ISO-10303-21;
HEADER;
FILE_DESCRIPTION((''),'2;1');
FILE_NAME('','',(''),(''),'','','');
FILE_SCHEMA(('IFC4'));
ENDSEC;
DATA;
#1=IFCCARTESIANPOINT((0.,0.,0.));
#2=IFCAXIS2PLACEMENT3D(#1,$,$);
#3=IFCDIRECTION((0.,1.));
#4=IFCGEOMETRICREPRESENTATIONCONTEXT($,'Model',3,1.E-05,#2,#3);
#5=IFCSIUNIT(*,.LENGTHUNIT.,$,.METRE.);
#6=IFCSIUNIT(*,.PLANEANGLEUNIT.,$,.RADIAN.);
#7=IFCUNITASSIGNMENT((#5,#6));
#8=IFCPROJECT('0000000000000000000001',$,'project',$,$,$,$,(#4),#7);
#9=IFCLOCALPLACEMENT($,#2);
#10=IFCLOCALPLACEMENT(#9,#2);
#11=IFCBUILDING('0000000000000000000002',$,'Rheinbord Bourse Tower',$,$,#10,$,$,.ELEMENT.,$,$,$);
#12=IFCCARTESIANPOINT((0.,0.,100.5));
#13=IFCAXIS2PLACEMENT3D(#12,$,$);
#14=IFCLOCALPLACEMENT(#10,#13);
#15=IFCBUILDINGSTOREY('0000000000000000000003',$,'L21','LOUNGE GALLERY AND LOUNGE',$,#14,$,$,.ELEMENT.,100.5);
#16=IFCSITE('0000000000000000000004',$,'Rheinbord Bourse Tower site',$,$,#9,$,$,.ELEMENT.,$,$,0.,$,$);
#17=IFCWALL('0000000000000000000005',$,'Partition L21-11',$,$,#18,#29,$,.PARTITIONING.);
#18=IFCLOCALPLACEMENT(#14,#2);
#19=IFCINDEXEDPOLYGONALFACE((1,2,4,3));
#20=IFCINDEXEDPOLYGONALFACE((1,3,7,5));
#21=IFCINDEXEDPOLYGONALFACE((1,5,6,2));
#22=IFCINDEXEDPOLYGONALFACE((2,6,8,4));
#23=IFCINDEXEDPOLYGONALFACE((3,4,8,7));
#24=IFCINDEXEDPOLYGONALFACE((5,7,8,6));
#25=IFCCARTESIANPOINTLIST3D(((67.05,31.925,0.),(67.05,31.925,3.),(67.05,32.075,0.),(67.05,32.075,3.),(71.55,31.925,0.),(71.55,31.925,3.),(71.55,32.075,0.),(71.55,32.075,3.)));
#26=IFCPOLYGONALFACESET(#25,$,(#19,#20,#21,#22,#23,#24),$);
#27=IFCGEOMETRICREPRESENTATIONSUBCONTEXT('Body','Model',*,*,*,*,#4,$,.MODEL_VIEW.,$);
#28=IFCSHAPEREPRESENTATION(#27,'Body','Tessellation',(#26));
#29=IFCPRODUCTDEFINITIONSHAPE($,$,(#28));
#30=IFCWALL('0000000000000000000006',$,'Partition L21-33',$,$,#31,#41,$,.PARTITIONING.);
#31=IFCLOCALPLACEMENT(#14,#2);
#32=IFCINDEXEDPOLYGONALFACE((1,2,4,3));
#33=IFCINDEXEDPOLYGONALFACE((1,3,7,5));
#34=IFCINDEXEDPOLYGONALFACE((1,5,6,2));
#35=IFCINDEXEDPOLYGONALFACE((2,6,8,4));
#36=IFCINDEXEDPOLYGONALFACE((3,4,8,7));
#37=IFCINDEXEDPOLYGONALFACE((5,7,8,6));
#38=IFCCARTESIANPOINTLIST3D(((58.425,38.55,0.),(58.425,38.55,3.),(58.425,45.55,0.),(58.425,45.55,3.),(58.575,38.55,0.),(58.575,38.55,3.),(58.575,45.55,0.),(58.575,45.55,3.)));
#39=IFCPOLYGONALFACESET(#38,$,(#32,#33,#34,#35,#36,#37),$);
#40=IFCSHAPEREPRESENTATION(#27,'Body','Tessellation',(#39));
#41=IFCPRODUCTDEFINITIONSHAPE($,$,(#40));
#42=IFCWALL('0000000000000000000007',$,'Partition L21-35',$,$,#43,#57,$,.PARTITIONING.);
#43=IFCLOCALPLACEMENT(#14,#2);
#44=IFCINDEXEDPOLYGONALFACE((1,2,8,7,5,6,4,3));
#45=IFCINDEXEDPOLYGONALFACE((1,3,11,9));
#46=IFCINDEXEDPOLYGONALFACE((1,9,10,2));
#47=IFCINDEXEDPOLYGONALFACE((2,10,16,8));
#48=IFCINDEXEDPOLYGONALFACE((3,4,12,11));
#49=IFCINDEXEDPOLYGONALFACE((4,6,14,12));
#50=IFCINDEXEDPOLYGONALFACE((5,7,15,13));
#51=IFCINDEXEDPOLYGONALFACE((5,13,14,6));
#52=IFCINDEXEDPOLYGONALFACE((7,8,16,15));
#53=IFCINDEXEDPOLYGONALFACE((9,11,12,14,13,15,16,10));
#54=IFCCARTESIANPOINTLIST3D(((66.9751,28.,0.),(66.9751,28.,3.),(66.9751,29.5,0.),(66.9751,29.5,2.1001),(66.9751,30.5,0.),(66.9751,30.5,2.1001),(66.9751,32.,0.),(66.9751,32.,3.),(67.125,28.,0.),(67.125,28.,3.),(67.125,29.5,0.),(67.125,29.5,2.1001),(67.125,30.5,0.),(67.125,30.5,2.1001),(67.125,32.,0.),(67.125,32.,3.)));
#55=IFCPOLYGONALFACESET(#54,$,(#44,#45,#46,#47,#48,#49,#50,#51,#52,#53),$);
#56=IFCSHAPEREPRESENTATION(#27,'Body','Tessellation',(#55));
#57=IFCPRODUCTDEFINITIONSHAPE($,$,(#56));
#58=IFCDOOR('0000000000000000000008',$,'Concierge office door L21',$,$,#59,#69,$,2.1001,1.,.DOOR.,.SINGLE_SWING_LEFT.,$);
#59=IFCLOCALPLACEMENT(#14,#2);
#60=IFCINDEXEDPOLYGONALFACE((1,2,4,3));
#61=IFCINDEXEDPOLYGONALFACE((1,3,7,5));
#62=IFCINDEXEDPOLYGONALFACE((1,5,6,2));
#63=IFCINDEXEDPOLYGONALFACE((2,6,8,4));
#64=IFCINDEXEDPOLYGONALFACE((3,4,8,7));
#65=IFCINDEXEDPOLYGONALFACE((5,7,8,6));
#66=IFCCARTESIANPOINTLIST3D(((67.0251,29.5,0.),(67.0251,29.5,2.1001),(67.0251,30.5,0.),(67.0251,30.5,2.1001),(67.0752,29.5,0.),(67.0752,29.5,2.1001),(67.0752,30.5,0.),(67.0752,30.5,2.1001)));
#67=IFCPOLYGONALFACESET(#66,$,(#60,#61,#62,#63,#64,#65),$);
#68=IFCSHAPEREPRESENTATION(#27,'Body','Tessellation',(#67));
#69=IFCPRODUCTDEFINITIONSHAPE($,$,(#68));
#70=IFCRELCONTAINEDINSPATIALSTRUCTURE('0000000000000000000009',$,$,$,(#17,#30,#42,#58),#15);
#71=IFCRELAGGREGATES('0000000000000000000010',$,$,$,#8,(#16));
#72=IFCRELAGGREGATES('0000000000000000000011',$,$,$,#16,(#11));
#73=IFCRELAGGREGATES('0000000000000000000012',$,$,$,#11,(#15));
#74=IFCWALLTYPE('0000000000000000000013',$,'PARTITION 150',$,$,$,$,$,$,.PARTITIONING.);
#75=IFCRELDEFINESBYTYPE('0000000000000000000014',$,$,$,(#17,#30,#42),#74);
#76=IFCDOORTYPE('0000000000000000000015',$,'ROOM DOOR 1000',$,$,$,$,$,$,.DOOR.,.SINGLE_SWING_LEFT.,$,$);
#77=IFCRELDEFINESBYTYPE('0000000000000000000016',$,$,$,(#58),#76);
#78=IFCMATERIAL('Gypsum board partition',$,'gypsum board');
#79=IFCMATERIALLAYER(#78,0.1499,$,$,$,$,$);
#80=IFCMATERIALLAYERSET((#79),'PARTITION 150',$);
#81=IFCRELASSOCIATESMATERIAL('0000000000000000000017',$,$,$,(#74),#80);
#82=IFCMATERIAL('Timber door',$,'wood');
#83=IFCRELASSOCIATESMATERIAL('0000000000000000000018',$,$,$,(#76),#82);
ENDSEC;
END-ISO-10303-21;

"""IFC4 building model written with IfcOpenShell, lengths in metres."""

from ifc_helpers import new_model, si_unit, direction, frame, frame_2d, origin, place, context, subcontext, project, spatial, rectangle, extrude, material, layer, layer_set, type_object, element, fill, save


model = new_model("IFC4")

# Units and contexts
model_context = context("Model", 3, precision=1e-05, world=origin(), true_north=direction((0.0, 1.0)))
body_context = subcontext(model_context, "Body", "Model", "MODEL_VIEW")
ifc_project = project(units=[si_unit("LENGTHUNIT", "METRE"), si_unit("PLANEANGLEUNIT", "RADIAN")], contexts=[model_context])

# Site, building, storey
site_placement = place(None, origin())
site = spatial("IfcSite", under=ifc_project, at=site_placement, Name="Rheinbord Bourse Tower site", CompositionType="ELEMENT", RefElevation=0.0)
building_placement = place(site_placement, origin())
building = spatial("IfcBuilding", under=site, at=building_placement, Name="Rheinbord Bourse Tower", CompositionType="ELEMENT")
storey_placement = place(building_placement, frame((0.0, 0.0, 100.5)))
storey = spatial("IfcBuildingStorey", under=building, at=storey_placement, Name="L21", Description="LOUNGE GALLERY AND LOUNGE", CompositionType="ELEMENT", Elevation=100.5)

# Walls
ifc_material_1 = material(Name="Gypsum board partition", Category="gypsum board")
ifc_layer_1 = layer(ifc_material_1, 0.1499)
ifc_layer_set_1 = layer_set([ifc_layer_1], Name="PARTITION 150")
wall_type_1 = type_object("IfcWallType", Name="PARTITION 150", PredefinedType="PARTITIONING", material=ifc_layer_set_1)
for number, where, z_axis, x_axis, name in (
    (1, (67.05, 32.0, 0.0), (0.0, 0.0, 1.0), (1.0, 0.0, 0.0), "Partition L21-11"),
):
    element("IfcWall", number, at=place(storey_placement, frame(where, z_axis=z_axis, x_axis=x_axis)), inside=storey, type_object=wall_type_1, Name=name, PredefinedType="PARTITIONING", context=body_context, shape_type="SweptSolid", body=[
        extrude(rectangle(XDim=4.5, YDim=0.1499, at=frame_2d((2.25, 0.0))), origin(), (0.0, 0.0, 1.0), 3.0),
    ])
wall_1_placement = place(storey_placement, frame((58.5, 38.55, 0.0), z_axis=(0.0, 0.0, 1.0), x_axis=(0.0, 1.0, 0.0)))
element("IfcWall", 2, at=wall_1_placement, inside=storey, type_object=wall_type_1, Name="Partition L21-33", PredefinedType="PARTITIONING", context=body_context, shape_type="SweptSolid", body=[
    extrude(rectangle(XDim=7.0, YDim=0.1499, at=frame_2d((3.5, 0.0))), origin(), (0.0, 0.0, 1.0), 3.0),
])

# Wall, opening, door
wall_2_placement = place(storey_placement, frame((67.05, 28.0, 0.0), z_axis=(0.0, 0.0, 1.0), x_axis=(0.0, 1.0, 0.0)))
wall_2 = element("IfcWall", 3, at=wall_2_placement, inside=storey, type_object=wall_type_1, Name="Partition L21-35", PredefinedType="PARTITIONING", context=body_context, shape_type="SweptSolid", body=[
    extrude(rectangle(XDim=4.0, YDim=0.1499, at=frame_2d((2.0, 0.0))), origin(), (0.0, 0.0, 1.0), 3.0),
])
opening_placement = place(wall_2_placement, frame((1.5, 0.0, 0.0)))
opening = element("IfcOpeningElement", 4, at=opening_placement, cuts=wall_2, PredefinedType="OPENING", context=body_context, shape_type="SweptSolid", body=[
    extrude(rectangle(XDim=1.0, YDim=2.1001, at=frame_2d((0.5, 1.05))), frame((0.0, 0.085, 0.0), z_axis=(0.0, -1.0, 0.0), x_axis=(1.0, 0.0, 0.0)), (0.0, 0.0, 1.0), 0.1699),
])
ifc_material_2 = material(Name="Timber door", Category="wood")
door_type = type_object("IfcDoorType", Name="ROOM DOOR 1000", OperationType="SINGLE_SWING_LEFT", PredefinedType="DOOR", material=ifc_material_2)
door_placement = place(opening_placement, origin())
door = element("IfcDoor", 5, at=door_placement, inside=storey, type_object=door_type, Name="Concierge office door L21", OperationType="SINGLE_SWING_LEFT", OverallHeight=2.1001, OverallWidth=1.0, PredefinedType="DOOR", context=body_context, shape_type="SweptSolid", body=[
    extrude(rectangle(XDim=1.0, YDim=2.1001, at=frame_2d((0.5, 1.05))), frame((0.0, 0.0249, 0.0), z_axis=(0.0, -1.0, 0.0), x_axis=(1.0, 0.0, 0.0)), (0.0, 0.0, 1.0), 0.05),
])
fill(opening, door)

save(model, "model.ifc")
